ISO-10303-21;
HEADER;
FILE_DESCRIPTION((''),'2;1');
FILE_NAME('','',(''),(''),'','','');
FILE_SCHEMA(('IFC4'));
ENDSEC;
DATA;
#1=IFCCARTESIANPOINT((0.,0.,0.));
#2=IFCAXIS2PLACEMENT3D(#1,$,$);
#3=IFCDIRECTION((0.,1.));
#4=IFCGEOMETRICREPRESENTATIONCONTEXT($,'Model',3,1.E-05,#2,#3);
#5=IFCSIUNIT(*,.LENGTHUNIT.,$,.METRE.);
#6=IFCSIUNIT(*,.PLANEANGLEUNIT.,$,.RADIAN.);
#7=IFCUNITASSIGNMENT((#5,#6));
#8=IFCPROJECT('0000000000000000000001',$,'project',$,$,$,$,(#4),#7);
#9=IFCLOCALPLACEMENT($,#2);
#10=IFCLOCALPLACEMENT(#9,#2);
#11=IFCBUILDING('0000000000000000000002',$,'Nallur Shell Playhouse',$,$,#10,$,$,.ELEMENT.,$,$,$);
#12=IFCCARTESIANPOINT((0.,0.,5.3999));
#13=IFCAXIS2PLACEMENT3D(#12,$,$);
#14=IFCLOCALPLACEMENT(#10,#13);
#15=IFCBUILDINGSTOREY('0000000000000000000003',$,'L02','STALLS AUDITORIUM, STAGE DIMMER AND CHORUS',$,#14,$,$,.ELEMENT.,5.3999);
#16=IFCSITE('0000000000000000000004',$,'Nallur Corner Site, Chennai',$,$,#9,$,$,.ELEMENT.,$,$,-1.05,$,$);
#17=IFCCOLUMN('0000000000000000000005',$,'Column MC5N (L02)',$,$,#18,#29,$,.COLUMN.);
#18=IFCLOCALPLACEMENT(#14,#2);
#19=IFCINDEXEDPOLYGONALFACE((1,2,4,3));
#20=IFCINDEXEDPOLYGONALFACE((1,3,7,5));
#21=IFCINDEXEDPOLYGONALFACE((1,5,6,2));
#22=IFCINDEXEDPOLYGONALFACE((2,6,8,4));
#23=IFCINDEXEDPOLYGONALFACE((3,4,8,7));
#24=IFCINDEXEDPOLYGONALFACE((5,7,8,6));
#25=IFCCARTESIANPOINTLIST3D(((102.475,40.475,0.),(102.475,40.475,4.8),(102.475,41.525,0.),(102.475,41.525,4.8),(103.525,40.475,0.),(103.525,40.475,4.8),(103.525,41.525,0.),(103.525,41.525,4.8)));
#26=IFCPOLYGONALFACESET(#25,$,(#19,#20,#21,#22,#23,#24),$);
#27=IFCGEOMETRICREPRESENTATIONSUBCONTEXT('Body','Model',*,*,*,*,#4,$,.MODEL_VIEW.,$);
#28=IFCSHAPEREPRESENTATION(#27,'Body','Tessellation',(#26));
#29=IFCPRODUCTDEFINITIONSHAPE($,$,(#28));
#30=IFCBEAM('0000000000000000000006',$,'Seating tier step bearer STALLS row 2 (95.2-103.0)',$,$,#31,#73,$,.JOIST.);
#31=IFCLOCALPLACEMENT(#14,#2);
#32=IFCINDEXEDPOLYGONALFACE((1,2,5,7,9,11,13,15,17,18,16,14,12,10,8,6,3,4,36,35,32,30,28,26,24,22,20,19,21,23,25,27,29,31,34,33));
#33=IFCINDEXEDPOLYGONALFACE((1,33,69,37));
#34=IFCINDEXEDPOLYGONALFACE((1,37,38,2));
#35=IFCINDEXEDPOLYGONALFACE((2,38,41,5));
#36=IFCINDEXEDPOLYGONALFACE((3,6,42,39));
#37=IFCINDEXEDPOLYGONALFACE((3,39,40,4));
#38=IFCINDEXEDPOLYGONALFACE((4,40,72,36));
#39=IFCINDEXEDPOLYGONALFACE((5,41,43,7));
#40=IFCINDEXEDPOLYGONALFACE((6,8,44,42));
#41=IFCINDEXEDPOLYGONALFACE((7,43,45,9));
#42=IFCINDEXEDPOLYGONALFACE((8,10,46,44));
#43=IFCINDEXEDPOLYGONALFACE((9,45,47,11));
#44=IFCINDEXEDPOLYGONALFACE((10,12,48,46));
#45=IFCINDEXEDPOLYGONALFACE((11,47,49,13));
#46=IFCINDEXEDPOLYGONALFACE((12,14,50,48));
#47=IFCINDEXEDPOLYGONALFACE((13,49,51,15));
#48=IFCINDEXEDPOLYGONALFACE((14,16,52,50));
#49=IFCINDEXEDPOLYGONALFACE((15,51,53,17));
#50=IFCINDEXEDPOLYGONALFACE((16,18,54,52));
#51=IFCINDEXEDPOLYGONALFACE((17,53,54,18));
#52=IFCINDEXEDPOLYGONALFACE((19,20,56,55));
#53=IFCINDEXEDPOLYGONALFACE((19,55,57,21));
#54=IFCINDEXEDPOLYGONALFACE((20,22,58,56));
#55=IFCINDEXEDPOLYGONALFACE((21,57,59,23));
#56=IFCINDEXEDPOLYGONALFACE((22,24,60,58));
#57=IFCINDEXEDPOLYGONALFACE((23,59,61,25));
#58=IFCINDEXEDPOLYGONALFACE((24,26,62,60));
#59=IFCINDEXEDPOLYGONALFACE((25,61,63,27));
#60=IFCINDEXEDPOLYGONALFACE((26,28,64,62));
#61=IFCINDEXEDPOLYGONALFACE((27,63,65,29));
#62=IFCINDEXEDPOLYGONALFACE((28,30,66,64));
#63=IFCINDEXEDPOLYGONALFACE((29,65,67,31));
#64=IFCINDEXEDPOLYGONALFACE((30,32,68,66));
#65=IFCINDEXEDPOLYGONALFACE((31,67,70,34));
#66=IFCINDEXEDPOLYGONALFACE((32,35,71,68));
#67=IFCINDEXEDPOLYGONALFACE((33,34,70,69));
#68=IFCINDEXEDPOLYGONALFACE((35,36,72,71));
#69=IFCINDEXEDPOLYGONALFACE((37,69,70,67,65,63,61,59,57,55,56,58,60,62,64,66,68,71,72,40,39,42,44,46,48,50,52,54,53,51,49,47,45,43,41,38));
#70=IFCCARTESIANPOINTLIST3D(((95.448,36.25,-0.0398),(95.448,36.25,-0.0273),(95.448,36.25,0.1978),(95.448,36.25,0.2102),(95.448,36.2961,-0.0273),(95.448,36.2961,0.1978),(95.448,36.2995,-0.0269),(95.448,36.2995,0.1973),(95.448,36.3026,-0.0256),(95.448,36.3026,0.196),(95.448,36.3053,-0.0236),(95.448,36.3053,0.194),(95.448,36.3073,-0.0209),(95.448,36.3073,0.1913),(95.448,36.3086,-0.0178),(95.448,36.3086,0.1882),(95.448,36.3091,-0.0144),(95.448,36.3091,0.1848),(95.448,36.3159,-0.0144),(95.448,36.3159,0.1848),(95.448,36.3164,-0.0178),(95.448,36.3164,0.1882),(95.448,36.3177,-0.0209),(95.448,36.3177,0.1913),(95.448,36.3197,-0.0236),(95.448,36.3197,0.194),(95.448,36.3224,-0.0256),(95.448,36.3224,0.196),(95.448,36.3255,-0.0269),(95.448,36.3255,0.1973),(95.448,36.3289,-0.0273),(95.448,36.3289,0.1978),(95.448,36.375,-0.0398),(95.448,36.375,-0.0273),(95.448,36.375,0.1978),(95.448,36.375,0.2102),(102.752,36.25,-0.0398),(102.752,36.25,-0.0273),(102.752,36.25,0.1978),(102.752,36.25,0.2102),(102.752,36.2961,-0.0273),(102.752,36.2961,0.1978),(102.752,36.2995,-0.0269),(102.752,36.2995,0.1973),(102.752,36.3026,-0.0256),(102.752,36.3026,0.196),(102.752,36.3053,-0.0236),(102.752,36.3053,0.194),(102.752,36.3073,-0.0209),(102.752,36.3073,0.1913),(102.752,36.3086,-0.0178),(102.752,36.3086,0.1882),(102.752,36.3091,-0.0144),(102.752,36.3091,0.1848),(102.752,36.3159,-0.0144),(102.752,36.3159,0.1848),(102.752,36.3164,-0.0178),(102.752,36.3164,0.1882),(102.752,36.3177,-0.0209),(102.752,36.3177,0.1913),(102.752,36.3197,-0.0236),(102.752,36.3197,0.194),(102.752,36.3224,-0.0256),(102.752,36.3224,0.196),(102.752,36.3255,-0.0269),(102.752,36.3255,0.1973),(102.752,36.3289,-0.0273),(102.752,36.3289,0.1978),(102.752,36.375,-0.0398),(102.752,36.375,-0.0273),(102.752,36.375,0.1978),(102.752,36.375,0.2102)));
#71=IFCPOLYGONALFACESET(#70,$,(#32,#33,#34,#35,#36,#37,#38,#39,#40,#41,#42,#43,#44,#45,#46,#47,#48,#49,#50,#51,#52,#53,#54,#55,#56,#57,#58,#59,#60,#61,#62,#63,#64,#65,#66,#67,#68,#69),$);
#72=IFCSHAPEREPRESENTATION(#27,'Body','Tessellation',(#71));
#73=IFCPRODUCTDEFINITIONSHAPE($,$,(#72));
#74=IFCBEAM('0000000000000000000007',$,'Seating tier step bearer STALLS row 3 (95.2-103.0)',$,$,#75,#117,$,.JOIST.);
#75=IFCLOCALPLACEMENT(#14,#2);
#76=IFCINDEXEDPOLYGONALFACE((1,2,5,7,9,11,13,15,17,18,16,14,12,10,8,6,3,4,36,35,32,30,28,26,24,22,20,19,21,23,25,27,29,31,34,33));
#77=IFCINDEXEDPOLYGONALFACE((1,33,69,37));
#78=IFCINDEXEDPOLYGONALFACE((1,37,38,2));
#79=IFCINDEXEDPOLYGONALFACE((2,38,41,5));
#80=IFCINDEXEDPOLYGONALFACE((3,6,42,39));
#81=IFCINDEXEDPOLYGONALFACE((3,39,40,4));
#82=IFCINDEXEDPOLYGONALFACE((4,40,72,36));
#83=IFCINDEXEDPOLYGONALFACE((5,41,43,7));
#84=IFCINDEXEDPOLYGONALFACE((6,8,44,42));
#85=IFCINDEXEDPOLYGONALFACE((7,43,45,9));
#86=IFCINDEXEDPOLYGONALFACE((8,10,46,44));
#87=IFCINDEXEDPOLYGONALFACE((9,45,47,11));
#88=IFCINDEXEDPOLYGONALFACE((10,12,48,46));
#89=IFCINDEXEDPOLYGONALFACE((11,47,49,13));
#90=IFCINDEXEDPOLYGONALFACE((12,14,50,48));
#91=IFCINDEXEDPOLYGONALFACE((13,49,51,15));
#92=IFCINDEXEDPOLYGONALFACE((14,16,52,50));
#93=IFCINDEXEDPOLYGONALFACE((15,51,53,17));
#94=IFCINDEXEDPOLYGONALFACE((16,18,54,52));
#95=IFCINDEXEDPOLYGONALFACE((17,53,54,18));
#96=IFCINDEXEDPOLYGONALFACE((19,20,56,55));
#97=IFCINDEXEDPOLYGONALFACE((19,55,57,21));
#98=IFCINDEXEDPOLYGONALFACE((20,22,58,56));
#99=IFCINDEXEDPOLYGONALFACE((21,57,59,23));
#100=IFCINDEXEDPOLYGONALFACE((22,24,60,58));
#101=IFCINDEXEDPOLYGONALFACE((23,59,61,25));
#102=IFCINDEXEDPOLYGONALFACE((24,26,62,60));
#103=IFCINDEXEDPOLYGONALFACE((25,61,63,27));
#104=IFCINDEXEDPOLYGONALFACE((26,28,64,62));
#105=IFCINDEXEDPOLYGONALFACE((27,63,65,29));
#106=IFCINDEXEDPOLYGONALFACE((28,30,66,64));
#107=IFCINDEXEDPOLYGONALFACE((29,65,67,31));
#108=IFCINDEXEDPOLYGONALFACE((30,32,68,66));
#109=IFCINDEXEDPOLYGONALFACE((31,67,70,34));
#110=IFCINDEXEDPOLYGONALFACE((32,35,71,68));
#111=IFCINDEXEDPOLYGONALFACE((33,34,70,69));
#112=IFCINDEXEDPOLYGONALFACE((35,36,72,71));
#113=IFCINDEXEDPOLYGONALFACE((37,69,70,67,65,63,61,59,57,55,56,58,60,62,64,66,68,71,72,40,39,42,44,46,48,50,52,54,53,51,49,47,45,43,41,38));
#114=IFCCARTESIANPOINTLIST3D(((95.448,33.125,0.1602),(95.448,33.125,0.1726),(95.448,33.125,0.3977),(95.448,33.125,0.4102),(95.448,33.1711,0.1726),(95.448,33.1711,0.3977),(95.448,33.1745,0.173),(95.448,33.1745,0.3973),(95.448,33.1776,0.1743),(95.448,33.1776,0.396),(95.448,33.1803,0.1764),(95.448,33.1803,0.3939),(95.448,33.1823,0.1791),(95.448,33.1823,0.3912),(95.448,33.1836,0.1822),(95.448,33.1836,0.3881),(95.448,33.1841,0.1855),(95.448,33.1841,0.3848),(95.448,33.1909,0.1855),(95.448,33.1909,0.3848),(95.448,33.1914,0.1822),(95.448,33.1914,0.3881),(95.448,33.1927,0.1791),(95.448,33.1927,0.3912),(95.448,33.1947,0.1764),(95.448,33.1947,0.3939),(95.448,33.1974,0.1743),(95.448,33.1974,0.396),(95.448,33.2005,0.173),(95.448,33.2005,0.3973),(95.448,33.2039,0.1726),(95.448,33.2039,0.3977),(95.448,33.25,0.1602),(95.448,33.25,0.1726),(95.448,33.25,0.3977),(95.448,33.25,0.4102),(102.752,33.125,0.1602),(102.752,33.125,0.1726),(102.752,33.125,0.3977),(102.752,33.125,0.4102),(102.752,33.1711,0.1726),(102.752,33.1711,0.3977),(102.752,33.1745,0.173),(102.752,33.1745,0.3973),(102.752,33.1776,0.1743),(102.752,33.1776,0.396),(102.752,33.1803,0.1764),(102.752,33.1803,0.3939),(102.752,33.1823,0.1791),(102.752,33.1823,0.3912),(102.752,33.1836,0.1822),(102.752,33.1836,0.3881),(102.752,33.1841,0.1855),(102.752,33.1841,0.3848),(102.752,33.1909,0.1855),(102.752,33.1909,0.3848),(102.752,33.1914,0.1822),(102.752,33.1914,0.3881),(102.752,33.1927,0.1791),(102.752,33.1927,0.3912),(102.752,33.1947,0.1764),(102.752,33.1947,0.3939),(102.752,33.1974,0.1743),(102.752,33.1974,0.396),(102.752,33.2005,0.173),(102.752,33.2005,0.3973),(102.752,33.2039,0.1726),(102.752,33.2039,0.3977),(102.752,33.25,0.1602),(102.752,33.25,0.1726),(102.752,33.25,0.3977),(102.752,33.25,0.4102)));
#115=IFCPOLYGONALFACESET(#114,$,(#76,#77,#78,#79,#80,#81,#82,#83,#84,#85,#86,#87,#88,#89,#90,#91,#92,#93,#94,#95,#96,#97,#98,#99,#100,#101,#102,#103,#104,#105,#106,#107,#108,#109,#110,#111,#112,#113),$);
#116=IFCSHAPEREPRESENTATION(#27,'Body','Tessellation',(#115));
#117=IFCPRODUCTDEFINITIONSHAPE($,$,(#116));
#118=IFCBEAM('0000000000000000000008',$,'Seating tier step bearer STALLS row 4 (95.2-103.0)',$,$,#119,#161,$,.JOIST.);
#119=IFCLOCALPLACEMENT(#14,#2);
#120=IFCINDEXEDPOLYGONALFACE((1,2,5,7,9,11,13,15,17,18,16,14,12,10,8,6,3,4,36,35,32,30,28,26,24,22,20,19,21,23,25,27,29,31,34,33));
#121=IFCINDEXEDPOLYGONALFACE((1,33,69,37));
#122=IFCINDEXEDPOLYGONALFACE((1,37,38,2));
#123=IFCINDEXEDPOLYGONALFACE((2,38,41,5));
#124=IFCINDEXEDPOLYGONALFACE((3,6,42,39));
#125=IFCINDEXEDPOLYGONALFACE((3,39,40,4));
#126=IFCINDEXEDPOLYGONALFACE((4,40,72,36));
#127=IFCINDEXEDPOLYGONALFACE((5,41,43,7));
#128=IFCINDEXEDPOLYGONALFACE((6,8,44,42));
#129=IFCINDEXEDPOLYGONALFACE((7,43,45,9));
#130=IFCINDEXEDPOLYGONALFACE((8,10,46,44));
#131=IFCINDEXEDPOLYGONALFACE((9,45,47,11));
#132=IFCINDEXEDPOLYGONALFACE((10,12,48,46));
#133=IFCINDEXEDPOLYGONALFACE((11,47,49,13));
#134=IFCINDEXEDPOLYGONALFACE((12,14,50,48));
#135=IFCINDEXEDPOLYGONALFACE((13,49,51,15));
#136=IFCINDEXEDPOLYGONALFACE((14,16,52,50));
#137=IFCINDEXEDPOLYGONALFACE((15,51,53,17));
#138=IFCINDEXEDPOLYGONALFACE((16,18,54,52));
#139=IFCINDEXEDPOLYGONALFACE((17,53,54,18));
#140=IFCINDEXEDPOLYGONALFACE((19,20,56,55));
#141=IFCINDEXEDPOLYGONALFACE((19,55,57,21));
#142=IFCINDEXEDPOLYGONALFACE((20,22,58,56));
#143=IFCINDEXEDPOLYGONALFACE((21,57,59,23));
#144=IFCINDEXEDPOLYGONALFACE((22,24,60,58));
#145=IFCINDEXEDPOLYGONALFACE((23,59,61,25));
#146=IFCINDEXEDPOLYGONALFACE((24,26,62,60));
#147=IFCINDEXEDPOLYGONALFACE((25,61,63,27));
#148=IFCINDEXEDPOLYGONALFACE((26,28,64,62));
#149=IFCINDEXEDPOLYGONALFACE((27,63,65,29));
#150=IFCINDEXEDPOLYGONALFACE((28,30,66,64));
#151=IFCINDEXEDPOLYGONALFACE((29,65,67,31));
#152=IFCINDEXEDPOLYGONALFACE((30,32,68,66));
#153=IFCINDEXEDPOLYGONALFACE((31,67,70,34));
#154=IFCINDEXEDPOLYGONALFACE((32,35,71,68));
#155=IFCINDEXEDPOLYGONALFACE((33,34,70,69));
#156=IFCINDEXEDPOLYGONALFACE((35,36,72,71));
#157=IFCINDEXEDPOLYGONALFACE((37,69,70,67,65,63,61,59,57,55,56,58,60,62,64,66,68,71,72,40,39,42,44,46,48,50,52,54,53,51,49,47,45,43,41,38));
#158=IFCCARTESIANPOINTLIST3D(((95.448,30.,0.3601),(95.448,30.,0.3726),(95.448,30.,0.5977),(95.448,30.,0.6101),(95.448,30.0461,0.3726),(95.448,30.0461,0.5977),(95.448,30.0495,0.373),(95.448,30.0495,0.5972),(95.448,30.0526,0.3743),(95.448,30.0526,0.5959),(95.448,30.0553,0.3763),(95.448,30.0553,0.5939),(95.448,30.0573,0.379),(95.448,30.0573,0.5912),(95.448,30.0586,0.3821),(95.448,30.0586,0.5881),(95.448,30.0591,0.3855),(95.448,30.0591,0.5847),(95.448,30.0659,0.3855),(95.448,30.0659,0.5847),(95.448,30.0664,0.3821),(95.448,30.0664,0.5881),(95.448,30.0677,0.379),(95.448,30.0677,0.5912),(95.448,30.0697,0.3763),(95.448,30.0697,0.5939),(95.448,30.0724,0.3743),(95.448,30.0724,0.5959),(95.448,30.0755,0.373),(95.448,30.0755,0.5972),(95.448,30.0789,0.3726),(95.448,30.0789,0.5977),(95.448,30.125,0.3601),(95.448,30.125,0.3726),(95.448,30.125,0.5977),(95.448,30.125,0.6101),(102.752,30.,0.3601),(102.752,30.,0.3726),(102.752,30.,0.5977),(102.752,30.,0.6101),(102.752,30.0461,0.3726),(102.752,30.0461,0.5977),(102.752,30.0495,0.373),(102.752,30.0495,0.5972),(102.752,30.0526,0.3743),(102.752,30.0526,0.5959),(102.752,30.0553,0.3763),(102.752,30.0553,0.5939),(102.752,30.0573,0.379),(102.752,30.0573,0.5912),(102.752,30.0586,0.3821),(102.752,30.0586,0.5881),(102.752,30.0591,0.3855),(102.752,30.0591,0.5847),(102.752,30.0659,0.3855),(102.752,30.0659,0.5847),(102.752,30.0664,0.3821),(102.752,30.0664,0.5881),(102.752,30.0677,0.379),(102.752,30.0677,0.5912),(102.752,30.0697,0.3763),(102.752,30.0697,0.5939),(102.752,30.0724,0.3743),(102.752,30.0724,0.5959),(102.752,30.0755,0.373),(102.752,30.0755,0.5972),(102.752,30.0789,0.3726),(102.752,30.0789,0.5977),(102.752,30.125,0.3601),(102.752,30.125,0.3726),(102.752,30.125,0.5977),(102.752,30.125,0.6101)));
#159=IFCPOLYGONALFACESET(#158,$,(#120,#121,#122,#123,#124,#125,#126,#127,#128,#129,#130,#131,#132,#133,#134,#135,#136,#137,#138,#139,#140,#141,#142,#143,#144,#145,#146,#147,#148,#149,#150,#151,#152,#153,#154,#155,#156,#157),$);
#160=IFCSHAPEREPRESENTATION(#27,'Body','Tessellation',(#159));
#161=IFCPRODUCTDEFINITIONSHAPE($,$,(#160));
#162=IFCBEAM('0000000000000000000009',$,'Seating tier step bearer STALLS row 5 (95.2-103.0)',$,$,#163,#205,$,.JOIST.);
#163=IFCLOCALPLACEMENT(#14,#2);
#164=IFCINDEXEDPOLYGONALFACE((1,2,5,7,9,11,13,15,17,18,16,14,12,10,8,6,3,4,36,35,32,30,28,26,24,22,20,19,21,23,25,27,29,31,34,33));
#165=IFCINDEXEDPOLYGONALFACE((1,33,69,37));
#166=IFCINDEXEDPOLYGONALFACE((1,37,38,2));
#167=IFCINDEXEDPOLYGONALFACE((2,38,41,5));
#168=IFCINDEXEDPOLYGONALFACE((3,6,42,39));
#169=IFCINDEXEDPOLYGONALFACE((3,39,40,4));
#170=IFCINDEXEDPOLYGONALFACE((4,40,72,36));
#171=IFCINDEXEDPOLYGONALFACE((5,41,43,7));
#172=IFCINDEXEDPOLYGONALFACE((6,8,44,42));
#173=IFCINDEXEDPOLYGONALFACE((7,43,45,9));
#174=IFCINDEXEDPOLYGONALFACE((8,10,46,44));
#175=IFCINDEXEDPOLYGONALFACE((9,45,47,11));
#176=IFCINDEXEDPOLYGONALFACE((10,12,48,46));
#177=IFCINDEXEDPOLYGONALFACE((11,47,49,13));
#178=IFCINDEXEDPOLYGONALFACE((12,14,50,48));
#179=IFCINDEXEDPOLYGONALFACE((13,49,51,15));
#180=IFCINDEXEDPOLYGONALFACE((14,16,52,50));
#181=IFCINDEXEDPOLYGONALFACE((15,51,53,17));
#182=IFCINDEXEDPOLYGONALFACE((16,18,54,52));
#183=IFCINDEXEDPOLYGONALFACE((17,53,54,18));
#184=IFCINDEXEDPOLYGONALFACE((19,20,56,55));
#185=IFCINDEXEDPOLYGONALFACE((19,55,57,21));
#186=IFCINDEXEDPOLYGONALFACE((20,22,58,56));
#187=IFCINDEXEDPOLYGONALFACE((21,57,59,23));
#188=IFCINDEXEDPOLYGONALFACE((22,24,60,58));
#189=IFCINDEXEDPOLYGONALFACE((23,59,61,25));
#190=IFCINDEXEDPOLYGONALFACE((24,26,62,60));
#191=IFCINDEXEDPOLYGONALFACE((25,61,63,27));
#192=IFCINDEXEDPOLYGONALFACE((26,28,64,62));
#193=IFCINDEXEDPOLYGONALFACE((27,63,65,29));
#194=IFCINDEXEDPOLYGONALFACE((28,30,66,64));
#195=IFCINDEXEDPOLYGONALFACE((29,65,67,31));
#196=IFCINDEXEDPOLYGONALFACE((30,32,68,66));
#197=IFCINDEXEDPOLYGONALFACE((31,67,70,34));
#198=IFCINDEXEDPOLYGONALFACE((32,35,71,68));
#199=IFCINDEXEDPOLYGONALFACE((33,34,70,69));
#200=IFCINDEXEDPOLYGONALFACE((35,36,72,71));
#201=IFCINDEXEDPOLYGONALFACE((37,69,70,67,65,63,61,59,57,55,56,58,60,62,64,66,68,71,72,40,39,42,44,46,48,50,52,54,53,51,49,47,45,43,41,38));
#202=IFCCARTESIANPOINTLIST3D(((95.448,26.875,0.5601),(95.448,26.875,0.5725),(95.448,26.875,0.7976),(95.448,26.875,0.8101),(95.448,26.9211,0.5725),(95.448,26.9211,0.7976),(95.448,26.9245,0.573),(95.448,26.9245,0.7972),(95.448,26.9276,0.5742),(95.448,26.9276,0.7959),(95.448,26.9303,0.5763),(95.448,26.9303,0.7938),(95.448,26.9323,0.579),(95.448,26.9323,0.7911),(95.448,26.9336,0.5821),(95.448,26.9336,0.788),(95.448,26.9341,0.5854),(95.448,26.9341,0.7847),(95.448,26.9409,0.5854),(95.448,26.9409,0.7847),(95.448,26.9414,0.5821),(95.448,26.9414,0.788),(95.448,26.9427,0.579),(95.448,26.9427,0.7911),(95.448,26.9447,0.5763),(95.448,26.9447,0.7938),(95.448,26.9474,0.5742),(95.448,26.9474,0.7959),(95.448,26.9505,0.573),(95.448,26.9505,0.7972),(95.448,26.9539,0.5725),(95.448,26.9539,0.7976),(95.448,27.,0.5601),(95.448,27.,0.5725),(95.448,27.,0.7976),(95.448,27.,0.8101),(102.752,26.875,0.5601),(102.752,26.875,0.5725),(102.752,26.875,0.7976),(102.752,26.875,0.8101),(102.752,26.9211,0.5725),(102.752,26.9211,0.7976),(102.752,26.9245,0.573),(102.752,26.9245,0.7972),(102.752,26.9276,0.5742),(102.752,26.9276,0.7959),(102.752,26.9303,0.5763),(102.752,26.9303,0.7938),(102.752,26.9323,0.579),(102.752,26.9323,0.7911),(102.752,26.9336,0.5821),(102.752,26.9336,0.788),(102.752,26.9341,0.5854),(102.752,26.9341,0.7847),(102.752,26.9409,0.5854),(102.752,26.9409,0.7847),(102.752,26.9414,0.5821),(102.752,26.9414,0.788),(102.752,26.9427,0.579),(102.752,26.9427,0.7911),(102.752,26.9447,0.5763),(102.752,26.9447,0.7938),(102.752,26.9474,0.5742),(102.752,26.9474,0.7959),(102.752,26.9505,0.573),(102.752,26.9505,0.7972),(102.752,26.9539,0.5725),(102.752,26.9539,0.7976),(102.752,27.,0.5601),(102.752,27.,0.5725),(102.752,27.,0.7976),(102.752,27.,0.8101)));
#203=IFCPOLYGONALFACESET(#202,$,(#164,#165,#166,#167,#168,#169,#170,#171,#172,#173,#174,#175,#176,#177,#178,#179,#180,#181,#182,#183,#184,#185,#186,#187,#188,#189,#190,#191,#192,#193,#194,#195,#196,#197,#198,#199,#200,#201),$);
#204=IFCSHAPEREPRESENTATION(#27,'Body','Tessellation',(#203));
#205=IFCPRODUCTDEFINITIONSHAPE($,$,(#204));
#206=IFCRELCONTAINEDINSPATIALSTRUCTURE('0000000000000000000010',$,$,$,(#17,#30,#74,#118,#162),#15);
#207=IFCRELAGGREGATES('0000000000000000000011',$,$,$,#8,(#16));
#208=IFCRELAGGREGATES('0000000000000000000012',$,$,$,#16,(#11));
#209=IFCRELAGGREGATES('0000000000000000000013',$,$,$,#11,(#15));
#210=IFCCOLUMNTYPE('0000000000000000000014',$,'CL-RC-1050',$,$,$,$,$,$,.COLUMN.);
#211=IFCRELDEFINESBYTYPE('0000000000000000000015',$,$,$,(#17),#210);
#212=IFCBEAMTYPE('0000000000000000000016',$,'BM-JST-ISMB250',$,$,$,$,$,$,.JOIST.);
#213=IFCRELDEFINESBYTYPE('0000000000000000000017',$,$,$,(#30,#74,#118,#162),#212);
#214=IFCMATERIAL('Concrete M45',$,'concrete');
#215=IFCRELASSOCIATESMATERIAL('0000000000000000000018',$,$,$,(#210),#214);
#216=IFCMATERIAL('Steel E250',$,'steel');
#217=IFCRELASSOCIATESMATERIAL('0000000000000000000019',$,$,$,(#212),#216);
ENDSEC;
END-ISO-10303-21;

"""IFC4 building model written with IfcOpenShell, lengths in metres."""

from ifc_helpers import new_model, si_unit, direction, frame, origin, origin_2d, place, context, subcontext, project, spatial, rectangle, i_section, extrude, material, material_profile, profile_set, type_object, element, save


model = new_model("IFC4")

# Units and contexts
model_context = context("Model", 3, precision=1e-05, world=origin(), true_north=direction((0.0, 1.0)))
body_context = subcontext(model_context, "Body", "Model", "MODEL_VIEW")
ifc_project = project(units=[si_unit("LENGTHUNIT", "METRE"), si_unit("PLANEANGLEUNIT", "RADIAN")], contexts=[model_context])

# Site, building, storey
site_placement = place(None, origin())
site = spatial("IfcSite", under=ifc_project, at=site_placement, Name="Nallur Corner Site, Chennai", CompositionType="ELEMENT", RefElevation=-1.05)
building_placement = place(site_placement, origin())
building = spatial("IfcBuilding", under=site, at=building_placement, Name="Nallur Shell Playhouse", CompositionType="ELEMENT")
storey_placement = place(building_placement, frame((0.0, 0.0, 5.3999)))
storey = spatial("IfcBuildingStorey", under=building, at=storey_placement, Name="L02", Description="STALLS AUDITORIUM, STAGE DIMMER AND CHORUS", CompositionType="ELEMENT", Elevation=5.3999)

# Column
ifc_material_1 = material(Name="Concrete M45", Category="concrete")
ifc_material_profile_1 = material_profile(ifc_material_1, rectangle(XDim=1.05, YDim=1.05, at=origin_2d()), Name="RC 1050x1050")
ifc_profile_set_1 = profile_set([ifc_material_profile_1], Name="Concrete M45")
column_type = type_object("IfcColumnType", Name="CL-RC-1050", PredefinedType="COLUMN", material=ifc_profile_set_1)
column_placement = place(storey_placement, frame((103.0, 41.0, 0.0), z_axis=(0.0, 0.0, 1.0), x_axis=(1.0, 0.0, 0.0)))
element("IfcColumn", 1, at=column_placement, inside=storey, type_object=column_type, Name="Column MC5N (L02)", PredefinedType="COLUMN", context=body_context, shape_type="SweptSolid", body=[
    extrude(rectangle(XDim=1.05, YDim=1.05, at=origin_2d()), origin(), (0.0, 0.0, 1.0), 4.8),
])

# Beams
ifc_material_2 = material(Name="Steel E250", Category="steel")
ifc_material_profile_2 = material_profile(ifc_material_2, i_section(OverallWidth=0.125, OverallDepth=0.25, WebThickness=0.0068, FlangeThickness=0.0125, FilletRadius=0.0129, at=origin_2d()), Name="ISMB 250")
ifc_profile_set_2 = profile_set([ifc_material_profile_2], Name="Steel E250")
beam_type_1 = type_object("IfcBeamType", Name="BM-JST-ISMB250", PredefinedType="JOIST", material=ifc_profile_set_2)
for number, where, z_axis, x_axis, name in (
    (2, (95.448, 36.3125, 0.0852), (1.0, 0.0, 0.0), (0.0, 1.0, 0.0), "Seating tier step bearer STALLS row 2 (95.2-103.0)"),
    (3, (95.448, 33.1875, 0.2852), (1.0, 0.0, 0.0), (0.0, 1.0, 0.0), "Seating tier step bearer STALLS row 3 (95.2-103.0)"),
    (4, (95.448, 30.0625, 0.4851), (1.0, 0.0, 0.0), (0.0, 1.0, 0.0), "Seating tier step bearer STALLS row 4 (95.2-103.0)"),
    (5, (95.448, 26.9375, 0.6851), (1.0, 0.0, 0.0), (0.0, 1.0, 0.0), "Seating tier step bearer STALLS row 5 (95.2-103.0)"),
):
    element("IfcBeam", number, at=place(storey_placement, frame(where, z_axis=z_axis, x_axis=x_axis)), inside=storey, type_object=beam_type_1, Name=name, PredefinedType="JOIST", context=body_context, shape_type="SweptSolid", body=[
        extrude(i_section(OverallWidth=0.125, OverallDepth=0.25, WebThickness=0.0068, FlangeThickness=0.0125, FilletRadius=0.0129, at=origin_2d()), origin(), (0.0, 0.0, 1.0), 7.304),
    ])

save(model, "model.ifc")
